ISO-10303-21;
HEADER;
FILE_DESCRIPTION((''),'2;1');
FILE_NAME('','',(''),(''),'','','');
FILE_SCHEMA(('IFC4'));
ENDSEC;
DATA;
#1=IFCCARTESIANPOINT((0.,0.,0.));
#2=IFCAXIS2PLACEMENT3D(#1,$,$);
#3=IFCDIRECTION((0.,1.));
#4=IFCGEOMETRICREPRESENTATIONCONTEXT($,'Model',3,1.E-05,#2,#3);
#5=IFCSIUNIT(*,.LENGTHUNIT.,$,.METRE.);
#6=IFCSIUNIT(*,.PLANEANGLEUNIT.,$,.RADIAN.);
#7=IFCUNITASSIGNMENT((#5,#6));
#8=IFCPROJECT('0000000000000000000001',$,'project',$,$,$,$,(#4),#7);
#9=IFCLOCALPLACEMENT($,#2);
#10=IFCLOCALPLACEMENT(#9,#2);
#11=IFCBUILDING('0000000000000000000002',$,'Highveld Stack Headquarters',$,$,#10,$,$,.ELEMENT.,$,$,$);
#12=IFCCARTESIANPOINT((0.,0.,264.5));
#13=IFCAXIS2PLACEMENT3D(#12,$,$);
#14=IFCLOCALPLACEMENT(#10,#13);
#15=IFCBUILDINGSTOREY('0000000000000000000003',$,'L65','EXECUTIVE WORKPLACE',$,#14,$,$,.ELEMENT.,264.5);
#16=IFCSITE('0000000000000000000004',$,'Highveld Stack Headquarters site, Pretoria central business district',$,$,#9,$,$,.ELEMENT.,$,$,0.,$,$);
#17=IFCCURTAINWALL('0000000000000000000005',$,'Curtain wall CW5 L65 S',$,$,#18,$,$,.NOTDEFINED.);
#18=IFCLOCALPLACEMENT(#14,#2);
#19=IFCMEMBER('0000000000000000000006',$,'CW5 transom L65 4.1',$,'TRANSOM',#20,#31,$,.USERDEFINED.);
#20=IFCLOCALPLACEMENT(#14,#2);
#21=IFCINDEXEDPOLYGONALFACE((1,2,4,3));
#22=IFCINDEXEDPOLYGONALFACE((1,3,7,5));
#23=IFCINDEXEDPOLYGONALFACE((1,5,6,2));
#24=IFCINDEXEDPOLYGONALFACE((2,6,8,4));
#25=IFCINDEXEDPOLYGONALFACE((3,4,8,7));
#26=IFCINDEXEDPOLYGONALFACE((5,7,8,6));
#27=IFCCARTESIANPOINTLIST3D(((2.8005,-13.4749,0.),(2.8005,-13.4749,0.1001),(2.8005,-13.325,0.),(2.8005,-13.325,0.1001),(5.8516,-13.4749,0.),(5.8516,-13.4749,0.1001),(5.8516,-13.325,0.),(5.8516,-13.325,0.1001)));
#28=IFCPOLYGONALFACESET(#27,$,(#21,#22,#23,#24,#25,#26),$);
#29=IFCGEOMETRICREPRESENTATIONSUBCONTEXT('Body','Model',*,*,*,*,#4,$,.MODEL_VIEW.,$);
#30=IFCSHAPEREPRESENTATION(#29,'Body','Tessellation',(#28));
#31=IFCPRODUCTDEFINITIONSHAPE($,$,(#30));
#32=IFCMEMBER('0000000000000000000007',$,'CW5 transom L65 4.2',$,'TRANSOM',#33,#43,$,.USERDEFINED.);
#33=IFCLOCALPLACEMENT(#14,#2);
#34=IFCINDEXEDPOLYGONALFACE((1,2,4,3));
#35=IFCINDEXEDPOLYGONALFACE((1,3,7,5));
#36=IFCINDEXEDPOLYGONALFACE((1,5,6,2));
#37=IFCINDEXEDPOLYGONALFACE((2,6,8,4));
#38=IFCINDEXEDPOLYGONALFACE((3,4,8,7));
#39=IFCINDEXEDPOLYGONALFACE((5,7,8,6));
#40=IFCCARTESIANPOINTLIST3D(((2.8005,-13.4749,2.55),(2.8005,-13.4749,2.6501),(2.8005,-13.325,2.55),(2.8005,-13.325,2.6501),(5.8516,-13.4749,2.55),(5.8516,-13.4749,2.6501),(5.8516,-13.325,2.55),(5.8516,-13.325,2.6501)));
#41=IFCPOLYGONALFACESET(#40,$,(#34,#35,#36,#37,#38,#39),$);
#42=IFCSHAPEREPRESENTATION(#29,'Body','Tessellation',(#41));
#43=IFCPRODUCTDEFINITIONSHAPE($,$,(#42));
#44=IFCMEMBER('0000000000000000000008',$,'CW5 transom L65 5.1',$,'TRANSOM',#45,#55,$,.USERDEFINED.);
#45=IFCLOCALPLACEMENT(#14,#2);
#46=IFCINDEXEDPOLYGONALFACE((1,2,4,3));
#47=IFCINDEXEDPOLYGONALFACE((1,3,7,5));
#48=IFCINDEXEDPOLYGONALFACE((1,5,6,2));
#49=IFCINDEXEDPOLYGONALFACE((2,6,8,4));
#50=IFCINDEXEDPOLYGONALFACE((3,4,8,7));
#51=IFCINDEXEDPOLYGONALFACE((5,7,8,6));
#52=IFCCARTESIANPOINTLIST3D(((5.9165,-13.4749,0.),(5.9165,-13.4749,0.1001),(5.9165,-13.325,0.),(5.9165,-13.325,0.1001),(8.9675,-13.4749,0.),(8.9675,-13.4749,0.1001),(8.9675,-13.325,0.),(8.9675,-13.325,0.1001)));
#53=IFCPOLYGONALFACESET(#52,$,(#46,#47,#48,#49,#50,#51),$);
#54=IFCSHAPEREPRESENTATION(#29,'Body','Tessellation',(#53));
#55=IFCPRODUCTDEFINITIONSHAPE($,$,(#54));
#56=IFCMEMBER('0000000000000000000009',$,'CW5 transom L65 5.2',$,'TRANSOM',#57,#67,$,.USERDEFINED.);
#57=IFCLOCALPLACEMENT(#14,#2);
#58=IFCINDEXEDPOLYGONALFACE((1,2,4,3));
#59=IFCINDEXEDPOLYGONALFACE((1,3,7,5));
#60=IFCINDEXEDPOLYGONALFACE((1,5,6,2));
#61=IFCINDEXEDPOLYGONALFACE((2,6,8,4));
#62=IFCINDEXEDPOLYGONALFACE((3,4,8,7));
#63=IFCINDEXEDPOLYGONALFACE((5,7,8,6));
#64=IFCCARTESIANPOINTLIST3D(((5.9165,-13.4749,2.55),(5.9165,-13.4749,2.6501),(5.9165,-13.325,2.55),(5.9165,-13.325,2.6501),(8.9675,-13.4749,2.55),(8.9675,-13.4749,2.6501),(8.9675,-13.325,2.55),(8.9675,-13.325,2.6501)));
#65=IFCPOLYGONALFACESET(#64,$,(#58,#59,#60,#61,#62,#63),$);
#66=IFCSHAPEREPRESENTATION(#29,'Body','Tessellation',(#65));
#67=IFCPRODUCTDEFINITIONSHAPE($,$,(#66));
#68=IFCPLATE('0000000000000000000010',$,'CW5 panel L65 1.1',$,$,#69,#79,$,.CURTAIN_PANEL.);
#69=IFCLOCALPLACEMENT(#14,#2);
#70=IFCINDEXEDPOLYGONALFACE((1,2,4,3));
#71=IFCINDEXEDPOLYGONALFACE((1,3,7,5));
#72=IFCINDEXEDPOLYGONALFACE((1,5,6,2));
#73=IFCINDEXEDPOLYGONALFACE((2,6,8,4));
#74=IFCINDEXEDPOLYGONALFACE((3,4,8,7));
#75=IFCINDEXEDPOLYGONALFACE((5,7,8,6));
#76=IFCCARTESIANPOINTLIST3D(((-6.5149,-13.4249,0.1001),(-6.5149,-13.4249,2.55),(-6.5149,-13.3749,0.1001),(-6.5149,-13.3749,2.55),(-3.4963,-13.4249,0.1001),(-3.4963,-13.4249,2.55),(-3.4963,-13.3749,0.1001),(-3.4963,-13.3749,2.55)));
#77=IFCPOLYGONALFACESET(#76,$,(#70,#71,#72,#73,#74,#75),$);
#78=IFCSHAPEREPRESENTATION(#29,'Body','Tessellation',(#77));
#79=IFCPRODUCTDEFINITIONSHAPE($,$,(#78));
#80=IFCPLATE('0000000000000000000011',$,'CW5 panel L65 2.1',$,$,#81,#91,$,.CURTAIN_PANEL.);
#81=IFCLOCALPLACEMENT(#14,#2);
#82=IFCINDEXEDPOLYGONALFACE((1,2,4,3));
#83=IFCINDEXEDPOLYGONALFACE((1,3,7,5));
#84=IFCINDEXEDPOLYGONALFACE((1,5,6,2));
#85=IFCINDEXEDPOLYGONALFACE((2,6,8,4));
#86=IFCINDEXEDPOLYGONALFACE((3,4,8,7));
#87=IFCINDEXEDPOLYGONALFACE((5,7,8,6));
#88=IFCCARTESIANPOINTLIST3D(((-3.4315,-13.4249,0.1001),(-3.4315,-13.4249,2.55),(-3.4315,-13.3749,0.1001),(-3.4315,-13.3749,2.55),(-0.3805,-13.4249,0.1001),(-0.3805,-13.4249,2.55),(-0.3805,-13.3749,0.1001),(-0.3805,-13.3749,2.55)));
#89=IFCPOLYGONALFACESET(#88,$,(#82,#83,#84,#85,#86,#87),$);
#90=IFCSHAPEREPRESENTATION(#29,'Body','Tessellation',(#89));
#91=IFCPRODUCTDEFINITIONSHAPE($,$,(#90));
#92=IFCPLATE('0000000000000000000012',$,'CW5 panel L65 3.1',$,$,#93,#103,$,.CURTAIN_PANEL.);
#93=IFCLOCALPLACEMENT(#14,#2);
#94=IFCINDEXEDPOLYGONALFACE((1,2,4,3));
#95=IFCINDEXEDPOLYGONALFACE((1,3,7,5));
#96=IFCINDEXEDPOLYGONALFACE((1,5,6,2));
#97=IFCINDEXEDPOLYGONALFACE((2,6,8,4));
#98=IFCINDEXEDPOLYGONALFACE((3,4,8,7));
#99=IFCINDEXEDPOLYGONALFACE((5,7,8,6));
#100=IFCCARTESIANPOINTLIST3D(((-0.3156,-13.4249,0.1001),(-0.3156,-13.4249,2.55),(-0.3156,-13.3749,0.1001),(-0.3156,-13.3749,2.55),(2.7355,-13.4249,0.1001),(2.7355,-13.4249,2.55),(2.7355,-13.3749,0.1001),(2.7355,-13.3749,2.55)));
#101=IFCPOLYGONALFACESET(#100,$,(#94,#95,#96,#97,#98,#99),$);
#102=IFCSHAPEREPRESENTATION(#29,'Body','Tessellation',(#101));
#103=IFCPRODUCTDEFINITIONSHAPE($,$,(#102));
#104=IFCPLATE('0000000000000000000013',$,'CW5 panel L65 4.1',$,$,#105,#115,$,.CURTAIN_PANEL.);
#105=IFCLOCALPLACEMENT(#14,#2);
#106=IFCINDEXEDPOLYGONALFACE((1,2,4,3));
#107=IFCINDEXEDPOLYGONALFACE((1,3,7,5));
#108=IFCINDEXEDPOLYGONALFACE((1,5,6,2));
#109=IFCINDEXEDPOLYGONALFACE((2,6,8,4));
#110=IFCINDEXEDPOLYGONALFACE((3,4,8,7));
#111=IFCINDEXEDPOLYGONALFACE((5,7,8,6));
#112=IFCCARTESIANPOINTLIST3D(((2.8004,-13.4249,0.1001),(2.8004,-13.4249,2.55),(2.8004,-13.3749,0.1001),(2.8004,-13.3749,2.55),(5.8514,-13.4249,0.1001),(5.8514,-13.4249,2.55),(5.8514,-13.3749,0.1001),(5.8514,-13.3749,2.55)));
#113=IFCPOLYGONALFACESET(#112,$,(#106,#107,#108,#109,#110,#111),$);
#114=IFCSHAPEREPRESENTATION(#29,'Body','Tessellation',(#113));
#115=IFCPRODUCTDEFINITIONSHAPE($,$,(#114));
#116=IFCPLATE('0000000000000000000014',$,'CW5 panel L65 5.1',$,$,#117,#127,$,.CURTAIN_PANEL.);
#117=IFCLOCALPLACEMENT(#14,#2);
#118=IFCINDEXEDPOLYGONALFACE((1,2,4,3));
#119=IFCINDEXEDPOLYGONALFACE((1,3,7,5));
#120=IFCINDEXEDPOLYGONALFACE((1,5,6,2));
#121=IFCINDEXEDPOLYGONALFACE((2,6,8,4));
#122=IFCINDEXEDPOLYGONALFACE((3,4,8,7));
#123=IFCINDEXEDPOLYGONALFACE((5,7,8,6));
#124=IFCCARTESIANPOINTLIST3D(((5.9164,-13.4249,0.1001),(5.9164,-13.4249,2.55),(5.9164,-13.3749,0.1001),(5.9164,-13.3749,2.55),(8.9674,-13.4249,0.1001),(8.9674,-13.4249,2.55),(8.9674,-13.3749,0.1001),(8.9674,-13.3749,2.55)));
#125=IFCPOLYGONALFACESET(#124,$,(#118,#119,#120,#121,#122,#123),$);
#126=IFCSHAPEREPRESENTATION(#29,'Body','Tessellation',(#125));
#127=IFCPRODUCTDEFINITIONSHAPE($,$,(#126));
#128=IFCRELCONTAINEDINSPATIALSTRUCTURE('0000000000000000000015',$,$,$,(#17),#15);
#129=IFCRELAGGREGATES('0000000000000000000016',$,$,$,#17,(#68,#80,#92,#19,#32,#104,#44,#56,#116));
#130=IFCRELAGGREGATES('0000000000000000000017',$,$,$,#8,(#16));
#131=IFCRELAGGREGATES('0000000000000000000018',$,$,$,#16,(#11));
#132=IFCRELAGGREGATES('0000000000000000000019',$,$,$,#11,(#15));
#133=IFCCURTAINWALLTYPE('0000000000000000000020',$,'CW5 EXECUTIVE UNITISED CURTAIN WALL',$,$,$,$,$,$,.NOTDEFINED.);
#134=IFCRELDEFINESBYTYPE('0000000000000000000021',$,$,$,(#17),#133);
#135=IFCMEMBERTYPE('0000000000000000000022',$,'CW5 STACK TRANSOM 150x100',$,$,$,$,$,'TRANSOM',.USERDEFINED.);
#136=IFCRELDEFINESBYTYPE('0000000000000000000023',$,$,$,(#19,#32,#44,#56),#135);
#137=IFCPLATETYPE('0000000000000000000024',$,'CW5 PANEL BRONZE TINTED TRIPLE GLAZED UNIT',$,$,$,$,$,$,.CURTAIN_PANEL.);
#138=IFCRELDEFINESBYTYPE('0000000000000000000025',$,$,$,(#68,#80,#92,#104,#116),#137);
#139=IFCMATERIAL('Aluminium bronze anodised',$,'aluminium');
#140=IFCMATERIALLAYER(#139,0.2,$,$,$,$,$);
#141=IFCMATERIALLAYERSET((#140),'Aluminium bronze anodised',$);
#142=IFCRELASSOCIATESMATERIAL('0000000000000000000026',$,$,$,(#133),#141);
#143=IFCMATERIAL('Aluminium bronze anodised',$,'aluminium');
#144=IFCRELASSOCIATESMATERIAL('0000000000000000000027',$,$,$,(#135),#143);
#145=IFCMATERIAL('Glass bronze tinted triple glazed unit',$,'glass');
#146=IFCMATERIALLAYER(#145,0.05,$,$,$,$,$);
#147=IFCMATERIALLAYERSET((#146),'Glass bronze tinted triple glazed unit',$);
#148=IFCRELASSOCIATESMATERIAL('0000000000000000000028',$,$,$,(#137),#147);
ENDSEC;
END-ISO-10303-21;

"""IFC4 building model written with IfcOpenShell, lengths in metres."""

from ifc_helpers import new_model, si_unit, direction, frame, origin, origin_2d, place, context, subcontext, project, spatial, rectangle, extrude, material, layer, layer_set, material_profile, profile_set, type_object, element, aggregate, save


model = new_model("IFC4")

# Units and contexts
model_context = context("Model", 3, precision=1e-05, world=origin(), true_north=direction((0.0, 1.0)))
body_context = subcontext(model_context, "Body", "Model", "MODEL_VIEW")
ifc_project = project(units=[si_unit("LENGTHUNIT", "METRE"), si_unit("PLANEANGLEUNIT", "RADIAN")], contexts=[model_context])

# Site, building, storey
site_placement = place(None, origin())
site = spatial("IfcSite", under=ifc_project, at=site_placement, Name="Highveld Stack Headquarters site, Pretoria central business district", CompositionType="ELEMENT", RefElevation=0.0)
building_placement = place(site_placement, origin())
building = spatial("IfcBuilding", under=site, at=building_placement, Name="Highveld Stack Headquarters", CompositionType="ELEMENT")
storey_placement = place(building_placement, frame((0.0, 0.0, 264.5)))
storey = spatial("IfcBuildingStorey", under=building, at=storey_placement, Name="L65", Description="EXECUTIVE WORKPLACE", CompositionType="ELEMENT", Elevation=264.5)

# Curtain wall, members, plates
ifc_material_1 = material(Name="Aluminium bronze anodised", Category="aluminium")
ifc_layer_1 = layer(ifc_material_1, 0.2)
ifc_layer_set_1 = layer_set([ifc_layer_1], Name="Aluminium bronze anodised")
curtain_wall_type = type_object("IfcCurtainWallType", Name="CW5 EXECUTIVE UNITISED CURTAIN WALL", PredefinedType="NOTDEFINED", material=ifc_layer_set_1)
curtain_wall_placement = place(storey_placement, origin())
curtain_wall = element("IfcCurtainWall", 1, at=curtain_wall_placement, inside=storey, type_object=curtain_wall_type, Name="Curtain wall CW5 L65 S", PredefinedType="NOTDEFINED")
ifc_material_2 = material(Name="Aluminium bronze anodised", Category="aluminium")
ifc_material_profile_1 = material_profile(ifc_material_2, rectangle(XDim=0.1499, YDim=0.1001, at=origin_2d()), Name="CW5 TRANSOM 150x100")
ifc_profile_set_1 = profile_set([ifc_material_profile_1], Name="Aluminium bronze anodised")
member_type_1 = type_object("IfcMemberType", Name="CW5 STACK TRANSOM 150x100", ElementType="TRANSOM", PredefinedType="USERDEFINED", material=ifc_profile_set_1)
member_1_placement = place(storey_placement, frame((2.8005, -13.3999, 0.05), z_axis=(1.0, 0.0, 0.0), x_axis=(0.0, 1.0, 0.0)))
member_1 = element("IfcMember", 2, at=member_1_placement, type_object=member_type_1, Name="CW5 transom L65 4.1", ObjectType="TRANSOM", PredefinedType="USERDEFINED", context=body_context, shape_type="SweptSolid", body=[
    extrude(rectangle(XDim=0.1499, YDim=0.1001, at=origin_2d()), origin(), (0.0, 0.0, 1.0), 3.051),
])
member_2_placement = place(storey_placement, frame((2.8005, -13.3999, 2.6001), z_axis=(1.0, 0.0, 0.0), x_axis=(0.0, 1.0, 0.0)))
member_2 = element("IfcMember", 3, at=member_2_placement, type_object=member_type_1, Name="CW5 transom L65 4.2", ObjectType="TRANSOM", PredefinedType="USERDEFINED", context=body_context, shape_type="SweptSolid", body=[
    extrude(rectangle(XDim=0.1499, YDim=0.1001, at=origin_2d()), origin(), (0.0, 0.0, 1.0), 3.051),
])
member_3_placement = place(storey_placement, frame((5.9165, -13.3999, 0.05), z_axis=(1.0, 0.0, 0.0), x_axis=(0.0, 1.0, 0.0)))
member_3 = element("IfcMember", 4, at=member_3_placement, type_object=member_type_1, Name="CW5 transom L65 5.1", ObjectType="TRANSOM", PredefinedType="USERDEFINED", context=body_context, shape_type="SweptSolid", body=[
    extrude(rectangle(XDim=0.1499, YDim=0.1001, at=origin_2d()), origin(), (0.0, 0.0, 1.0), 3.051),
])
member_4_placement = place(storey_placement, frame((5.9165, -13.3999, 2.6001), z_axis=(1.0, 0.0, 0.0), x_axis=(0.0, 1.0, 0.0)))
member_4 = element("IfcMember", 5, at=member_4_placement, type_object=member_type_1, Name="CW5 transom L65 5.2", ObjectType="TRANSOM", PredefinedType="USERDEFINED", context=body_context, shape_type="SweptSolid", body=[
    extrude(rectangle(XDim=0.1499, YDim=0.1001, at=origin_2d()), origin(), (0.0, 0.0, 1.0), 3.051),
])
ifc_material_3 = material(Name="Glass bronze tinted triple glazed unit", Category="glass")
ifc_layer_2 = layer(ifc_material_3, 0.05)
ifc_layer_set_2 = layer_set([ifc_layer_2], Name="Glass bronze tinted triple glazed unit")
plate_type = type_object("IfcPlateType", Name="CW5 PANEL BRONZE TINTED TRIPLE GLAZED UNIT", PredefinedType="CURTAIN_PANEL", material=ifc_layer_set_2)
plate_1_placement = place(storey_placement, frame((-5.0056, -13.3999, 0.1001), z_axis=(0.0, 0.0, 1.0), x_axis=(1.0, 0.0, 0.0)))
plate_1 = element("IfcPlate", 6, at=plate_1_placement, type_object=plate_type, Name="CW5 panel L65 1.1", PredefinedType="CURTAIN_PANEL", context=body_context, shape_type="SweptSolid", body=[
    extrude(rectangle(XDim=3.0186, YDim=0.05, at=origin_2d()), origin(), (0.0, 0.0, 1.0), 2.45),
])
plate_2_placement = place(storey_placement, frame((-1.906, -13.3999, 0.1001), z_axis=(0.0, 0.0, 1.0), x_axis=(1.0, 0.0, 0.0)))
plate_2 = element("IfcPlate", 7, at=plate_2_placement, type_object=plate_type, Name="CW5 panel L65 2.1", PredefinedType="CURTAIN_PANEL", context=body_context, shape_type="SweptSolid", body=[
    extrude(rectangle(XDim=3.051, YDim=0.05, at=origin_2d()), origin(), (0.0, 0.0, 1.0), 2.45),
])
plate_3_placement = place(storey_placement, frame((1.21, -13.3999, 0.1001), z_axis=(0.0, 0.0, 1.0), x_axis=(1.0, 0.0, 0.0)))
plate_3 = element("IfcPlate", 8, at=plate_3_placement, type_object=plate_type, Name="CW5 panel L65 3.1", PredefinedType="CURTAIN_PANEL", context=body_context, shape_type="SweptSolid", body=[
    extrude(rectangle(XDim=3.051, YDim=0.05, at=origin_2d()), origin(), (0.0, 0.0, 1.0), 2.45),
])
plate_4_placement = place(storey_placement, frame((4.3259, -13.3999, 0.1001), z_axis=(0.0, 0.0, 1.0), x_axis=(1.0, 0.0, 0.0)))
plate_4 = element("IfcPlate", 9, at=plate_4_placement, type_object=plate_type, Name="CW5 panel L65 4.1", PredefinedType="CURTAIN_PANEL", context=body_context, shape_type="SweptSolid", body=[
    extrude(rectangle(XDim=3.051, YDim=0.05, at=origin_2d()), origin(), (0.0, 0.0, 1.0), 2.45),
])
plate_5_placement = place(storey_placement, frame((7.4419, -13.3999, 0.1001), z_axis=(0.0, 0.0, 1.0), x_axis=(1.0, 0.0, 0.0)))
plate_5 = element("IfcPlate", 10, at=plate_5_placement, type_object=plate_type, Name="CW5 panel L65 5.1", PredefinedType="CURTAIN_PANEL", context=body_context, shape_type="SweptSolid", body=[
    extrude(rectangle(XDim=3.051, YDim=0.05, at=origin_2d()), origin(), (0.0, 0.0, 1.0), 2.45),
])
aggregate(curtain_wall, [plate_1, plate_2, plate_3, member_1, member_2, plate_4, member_3, member_4, plate_5])

save(model, "model.ifc")
